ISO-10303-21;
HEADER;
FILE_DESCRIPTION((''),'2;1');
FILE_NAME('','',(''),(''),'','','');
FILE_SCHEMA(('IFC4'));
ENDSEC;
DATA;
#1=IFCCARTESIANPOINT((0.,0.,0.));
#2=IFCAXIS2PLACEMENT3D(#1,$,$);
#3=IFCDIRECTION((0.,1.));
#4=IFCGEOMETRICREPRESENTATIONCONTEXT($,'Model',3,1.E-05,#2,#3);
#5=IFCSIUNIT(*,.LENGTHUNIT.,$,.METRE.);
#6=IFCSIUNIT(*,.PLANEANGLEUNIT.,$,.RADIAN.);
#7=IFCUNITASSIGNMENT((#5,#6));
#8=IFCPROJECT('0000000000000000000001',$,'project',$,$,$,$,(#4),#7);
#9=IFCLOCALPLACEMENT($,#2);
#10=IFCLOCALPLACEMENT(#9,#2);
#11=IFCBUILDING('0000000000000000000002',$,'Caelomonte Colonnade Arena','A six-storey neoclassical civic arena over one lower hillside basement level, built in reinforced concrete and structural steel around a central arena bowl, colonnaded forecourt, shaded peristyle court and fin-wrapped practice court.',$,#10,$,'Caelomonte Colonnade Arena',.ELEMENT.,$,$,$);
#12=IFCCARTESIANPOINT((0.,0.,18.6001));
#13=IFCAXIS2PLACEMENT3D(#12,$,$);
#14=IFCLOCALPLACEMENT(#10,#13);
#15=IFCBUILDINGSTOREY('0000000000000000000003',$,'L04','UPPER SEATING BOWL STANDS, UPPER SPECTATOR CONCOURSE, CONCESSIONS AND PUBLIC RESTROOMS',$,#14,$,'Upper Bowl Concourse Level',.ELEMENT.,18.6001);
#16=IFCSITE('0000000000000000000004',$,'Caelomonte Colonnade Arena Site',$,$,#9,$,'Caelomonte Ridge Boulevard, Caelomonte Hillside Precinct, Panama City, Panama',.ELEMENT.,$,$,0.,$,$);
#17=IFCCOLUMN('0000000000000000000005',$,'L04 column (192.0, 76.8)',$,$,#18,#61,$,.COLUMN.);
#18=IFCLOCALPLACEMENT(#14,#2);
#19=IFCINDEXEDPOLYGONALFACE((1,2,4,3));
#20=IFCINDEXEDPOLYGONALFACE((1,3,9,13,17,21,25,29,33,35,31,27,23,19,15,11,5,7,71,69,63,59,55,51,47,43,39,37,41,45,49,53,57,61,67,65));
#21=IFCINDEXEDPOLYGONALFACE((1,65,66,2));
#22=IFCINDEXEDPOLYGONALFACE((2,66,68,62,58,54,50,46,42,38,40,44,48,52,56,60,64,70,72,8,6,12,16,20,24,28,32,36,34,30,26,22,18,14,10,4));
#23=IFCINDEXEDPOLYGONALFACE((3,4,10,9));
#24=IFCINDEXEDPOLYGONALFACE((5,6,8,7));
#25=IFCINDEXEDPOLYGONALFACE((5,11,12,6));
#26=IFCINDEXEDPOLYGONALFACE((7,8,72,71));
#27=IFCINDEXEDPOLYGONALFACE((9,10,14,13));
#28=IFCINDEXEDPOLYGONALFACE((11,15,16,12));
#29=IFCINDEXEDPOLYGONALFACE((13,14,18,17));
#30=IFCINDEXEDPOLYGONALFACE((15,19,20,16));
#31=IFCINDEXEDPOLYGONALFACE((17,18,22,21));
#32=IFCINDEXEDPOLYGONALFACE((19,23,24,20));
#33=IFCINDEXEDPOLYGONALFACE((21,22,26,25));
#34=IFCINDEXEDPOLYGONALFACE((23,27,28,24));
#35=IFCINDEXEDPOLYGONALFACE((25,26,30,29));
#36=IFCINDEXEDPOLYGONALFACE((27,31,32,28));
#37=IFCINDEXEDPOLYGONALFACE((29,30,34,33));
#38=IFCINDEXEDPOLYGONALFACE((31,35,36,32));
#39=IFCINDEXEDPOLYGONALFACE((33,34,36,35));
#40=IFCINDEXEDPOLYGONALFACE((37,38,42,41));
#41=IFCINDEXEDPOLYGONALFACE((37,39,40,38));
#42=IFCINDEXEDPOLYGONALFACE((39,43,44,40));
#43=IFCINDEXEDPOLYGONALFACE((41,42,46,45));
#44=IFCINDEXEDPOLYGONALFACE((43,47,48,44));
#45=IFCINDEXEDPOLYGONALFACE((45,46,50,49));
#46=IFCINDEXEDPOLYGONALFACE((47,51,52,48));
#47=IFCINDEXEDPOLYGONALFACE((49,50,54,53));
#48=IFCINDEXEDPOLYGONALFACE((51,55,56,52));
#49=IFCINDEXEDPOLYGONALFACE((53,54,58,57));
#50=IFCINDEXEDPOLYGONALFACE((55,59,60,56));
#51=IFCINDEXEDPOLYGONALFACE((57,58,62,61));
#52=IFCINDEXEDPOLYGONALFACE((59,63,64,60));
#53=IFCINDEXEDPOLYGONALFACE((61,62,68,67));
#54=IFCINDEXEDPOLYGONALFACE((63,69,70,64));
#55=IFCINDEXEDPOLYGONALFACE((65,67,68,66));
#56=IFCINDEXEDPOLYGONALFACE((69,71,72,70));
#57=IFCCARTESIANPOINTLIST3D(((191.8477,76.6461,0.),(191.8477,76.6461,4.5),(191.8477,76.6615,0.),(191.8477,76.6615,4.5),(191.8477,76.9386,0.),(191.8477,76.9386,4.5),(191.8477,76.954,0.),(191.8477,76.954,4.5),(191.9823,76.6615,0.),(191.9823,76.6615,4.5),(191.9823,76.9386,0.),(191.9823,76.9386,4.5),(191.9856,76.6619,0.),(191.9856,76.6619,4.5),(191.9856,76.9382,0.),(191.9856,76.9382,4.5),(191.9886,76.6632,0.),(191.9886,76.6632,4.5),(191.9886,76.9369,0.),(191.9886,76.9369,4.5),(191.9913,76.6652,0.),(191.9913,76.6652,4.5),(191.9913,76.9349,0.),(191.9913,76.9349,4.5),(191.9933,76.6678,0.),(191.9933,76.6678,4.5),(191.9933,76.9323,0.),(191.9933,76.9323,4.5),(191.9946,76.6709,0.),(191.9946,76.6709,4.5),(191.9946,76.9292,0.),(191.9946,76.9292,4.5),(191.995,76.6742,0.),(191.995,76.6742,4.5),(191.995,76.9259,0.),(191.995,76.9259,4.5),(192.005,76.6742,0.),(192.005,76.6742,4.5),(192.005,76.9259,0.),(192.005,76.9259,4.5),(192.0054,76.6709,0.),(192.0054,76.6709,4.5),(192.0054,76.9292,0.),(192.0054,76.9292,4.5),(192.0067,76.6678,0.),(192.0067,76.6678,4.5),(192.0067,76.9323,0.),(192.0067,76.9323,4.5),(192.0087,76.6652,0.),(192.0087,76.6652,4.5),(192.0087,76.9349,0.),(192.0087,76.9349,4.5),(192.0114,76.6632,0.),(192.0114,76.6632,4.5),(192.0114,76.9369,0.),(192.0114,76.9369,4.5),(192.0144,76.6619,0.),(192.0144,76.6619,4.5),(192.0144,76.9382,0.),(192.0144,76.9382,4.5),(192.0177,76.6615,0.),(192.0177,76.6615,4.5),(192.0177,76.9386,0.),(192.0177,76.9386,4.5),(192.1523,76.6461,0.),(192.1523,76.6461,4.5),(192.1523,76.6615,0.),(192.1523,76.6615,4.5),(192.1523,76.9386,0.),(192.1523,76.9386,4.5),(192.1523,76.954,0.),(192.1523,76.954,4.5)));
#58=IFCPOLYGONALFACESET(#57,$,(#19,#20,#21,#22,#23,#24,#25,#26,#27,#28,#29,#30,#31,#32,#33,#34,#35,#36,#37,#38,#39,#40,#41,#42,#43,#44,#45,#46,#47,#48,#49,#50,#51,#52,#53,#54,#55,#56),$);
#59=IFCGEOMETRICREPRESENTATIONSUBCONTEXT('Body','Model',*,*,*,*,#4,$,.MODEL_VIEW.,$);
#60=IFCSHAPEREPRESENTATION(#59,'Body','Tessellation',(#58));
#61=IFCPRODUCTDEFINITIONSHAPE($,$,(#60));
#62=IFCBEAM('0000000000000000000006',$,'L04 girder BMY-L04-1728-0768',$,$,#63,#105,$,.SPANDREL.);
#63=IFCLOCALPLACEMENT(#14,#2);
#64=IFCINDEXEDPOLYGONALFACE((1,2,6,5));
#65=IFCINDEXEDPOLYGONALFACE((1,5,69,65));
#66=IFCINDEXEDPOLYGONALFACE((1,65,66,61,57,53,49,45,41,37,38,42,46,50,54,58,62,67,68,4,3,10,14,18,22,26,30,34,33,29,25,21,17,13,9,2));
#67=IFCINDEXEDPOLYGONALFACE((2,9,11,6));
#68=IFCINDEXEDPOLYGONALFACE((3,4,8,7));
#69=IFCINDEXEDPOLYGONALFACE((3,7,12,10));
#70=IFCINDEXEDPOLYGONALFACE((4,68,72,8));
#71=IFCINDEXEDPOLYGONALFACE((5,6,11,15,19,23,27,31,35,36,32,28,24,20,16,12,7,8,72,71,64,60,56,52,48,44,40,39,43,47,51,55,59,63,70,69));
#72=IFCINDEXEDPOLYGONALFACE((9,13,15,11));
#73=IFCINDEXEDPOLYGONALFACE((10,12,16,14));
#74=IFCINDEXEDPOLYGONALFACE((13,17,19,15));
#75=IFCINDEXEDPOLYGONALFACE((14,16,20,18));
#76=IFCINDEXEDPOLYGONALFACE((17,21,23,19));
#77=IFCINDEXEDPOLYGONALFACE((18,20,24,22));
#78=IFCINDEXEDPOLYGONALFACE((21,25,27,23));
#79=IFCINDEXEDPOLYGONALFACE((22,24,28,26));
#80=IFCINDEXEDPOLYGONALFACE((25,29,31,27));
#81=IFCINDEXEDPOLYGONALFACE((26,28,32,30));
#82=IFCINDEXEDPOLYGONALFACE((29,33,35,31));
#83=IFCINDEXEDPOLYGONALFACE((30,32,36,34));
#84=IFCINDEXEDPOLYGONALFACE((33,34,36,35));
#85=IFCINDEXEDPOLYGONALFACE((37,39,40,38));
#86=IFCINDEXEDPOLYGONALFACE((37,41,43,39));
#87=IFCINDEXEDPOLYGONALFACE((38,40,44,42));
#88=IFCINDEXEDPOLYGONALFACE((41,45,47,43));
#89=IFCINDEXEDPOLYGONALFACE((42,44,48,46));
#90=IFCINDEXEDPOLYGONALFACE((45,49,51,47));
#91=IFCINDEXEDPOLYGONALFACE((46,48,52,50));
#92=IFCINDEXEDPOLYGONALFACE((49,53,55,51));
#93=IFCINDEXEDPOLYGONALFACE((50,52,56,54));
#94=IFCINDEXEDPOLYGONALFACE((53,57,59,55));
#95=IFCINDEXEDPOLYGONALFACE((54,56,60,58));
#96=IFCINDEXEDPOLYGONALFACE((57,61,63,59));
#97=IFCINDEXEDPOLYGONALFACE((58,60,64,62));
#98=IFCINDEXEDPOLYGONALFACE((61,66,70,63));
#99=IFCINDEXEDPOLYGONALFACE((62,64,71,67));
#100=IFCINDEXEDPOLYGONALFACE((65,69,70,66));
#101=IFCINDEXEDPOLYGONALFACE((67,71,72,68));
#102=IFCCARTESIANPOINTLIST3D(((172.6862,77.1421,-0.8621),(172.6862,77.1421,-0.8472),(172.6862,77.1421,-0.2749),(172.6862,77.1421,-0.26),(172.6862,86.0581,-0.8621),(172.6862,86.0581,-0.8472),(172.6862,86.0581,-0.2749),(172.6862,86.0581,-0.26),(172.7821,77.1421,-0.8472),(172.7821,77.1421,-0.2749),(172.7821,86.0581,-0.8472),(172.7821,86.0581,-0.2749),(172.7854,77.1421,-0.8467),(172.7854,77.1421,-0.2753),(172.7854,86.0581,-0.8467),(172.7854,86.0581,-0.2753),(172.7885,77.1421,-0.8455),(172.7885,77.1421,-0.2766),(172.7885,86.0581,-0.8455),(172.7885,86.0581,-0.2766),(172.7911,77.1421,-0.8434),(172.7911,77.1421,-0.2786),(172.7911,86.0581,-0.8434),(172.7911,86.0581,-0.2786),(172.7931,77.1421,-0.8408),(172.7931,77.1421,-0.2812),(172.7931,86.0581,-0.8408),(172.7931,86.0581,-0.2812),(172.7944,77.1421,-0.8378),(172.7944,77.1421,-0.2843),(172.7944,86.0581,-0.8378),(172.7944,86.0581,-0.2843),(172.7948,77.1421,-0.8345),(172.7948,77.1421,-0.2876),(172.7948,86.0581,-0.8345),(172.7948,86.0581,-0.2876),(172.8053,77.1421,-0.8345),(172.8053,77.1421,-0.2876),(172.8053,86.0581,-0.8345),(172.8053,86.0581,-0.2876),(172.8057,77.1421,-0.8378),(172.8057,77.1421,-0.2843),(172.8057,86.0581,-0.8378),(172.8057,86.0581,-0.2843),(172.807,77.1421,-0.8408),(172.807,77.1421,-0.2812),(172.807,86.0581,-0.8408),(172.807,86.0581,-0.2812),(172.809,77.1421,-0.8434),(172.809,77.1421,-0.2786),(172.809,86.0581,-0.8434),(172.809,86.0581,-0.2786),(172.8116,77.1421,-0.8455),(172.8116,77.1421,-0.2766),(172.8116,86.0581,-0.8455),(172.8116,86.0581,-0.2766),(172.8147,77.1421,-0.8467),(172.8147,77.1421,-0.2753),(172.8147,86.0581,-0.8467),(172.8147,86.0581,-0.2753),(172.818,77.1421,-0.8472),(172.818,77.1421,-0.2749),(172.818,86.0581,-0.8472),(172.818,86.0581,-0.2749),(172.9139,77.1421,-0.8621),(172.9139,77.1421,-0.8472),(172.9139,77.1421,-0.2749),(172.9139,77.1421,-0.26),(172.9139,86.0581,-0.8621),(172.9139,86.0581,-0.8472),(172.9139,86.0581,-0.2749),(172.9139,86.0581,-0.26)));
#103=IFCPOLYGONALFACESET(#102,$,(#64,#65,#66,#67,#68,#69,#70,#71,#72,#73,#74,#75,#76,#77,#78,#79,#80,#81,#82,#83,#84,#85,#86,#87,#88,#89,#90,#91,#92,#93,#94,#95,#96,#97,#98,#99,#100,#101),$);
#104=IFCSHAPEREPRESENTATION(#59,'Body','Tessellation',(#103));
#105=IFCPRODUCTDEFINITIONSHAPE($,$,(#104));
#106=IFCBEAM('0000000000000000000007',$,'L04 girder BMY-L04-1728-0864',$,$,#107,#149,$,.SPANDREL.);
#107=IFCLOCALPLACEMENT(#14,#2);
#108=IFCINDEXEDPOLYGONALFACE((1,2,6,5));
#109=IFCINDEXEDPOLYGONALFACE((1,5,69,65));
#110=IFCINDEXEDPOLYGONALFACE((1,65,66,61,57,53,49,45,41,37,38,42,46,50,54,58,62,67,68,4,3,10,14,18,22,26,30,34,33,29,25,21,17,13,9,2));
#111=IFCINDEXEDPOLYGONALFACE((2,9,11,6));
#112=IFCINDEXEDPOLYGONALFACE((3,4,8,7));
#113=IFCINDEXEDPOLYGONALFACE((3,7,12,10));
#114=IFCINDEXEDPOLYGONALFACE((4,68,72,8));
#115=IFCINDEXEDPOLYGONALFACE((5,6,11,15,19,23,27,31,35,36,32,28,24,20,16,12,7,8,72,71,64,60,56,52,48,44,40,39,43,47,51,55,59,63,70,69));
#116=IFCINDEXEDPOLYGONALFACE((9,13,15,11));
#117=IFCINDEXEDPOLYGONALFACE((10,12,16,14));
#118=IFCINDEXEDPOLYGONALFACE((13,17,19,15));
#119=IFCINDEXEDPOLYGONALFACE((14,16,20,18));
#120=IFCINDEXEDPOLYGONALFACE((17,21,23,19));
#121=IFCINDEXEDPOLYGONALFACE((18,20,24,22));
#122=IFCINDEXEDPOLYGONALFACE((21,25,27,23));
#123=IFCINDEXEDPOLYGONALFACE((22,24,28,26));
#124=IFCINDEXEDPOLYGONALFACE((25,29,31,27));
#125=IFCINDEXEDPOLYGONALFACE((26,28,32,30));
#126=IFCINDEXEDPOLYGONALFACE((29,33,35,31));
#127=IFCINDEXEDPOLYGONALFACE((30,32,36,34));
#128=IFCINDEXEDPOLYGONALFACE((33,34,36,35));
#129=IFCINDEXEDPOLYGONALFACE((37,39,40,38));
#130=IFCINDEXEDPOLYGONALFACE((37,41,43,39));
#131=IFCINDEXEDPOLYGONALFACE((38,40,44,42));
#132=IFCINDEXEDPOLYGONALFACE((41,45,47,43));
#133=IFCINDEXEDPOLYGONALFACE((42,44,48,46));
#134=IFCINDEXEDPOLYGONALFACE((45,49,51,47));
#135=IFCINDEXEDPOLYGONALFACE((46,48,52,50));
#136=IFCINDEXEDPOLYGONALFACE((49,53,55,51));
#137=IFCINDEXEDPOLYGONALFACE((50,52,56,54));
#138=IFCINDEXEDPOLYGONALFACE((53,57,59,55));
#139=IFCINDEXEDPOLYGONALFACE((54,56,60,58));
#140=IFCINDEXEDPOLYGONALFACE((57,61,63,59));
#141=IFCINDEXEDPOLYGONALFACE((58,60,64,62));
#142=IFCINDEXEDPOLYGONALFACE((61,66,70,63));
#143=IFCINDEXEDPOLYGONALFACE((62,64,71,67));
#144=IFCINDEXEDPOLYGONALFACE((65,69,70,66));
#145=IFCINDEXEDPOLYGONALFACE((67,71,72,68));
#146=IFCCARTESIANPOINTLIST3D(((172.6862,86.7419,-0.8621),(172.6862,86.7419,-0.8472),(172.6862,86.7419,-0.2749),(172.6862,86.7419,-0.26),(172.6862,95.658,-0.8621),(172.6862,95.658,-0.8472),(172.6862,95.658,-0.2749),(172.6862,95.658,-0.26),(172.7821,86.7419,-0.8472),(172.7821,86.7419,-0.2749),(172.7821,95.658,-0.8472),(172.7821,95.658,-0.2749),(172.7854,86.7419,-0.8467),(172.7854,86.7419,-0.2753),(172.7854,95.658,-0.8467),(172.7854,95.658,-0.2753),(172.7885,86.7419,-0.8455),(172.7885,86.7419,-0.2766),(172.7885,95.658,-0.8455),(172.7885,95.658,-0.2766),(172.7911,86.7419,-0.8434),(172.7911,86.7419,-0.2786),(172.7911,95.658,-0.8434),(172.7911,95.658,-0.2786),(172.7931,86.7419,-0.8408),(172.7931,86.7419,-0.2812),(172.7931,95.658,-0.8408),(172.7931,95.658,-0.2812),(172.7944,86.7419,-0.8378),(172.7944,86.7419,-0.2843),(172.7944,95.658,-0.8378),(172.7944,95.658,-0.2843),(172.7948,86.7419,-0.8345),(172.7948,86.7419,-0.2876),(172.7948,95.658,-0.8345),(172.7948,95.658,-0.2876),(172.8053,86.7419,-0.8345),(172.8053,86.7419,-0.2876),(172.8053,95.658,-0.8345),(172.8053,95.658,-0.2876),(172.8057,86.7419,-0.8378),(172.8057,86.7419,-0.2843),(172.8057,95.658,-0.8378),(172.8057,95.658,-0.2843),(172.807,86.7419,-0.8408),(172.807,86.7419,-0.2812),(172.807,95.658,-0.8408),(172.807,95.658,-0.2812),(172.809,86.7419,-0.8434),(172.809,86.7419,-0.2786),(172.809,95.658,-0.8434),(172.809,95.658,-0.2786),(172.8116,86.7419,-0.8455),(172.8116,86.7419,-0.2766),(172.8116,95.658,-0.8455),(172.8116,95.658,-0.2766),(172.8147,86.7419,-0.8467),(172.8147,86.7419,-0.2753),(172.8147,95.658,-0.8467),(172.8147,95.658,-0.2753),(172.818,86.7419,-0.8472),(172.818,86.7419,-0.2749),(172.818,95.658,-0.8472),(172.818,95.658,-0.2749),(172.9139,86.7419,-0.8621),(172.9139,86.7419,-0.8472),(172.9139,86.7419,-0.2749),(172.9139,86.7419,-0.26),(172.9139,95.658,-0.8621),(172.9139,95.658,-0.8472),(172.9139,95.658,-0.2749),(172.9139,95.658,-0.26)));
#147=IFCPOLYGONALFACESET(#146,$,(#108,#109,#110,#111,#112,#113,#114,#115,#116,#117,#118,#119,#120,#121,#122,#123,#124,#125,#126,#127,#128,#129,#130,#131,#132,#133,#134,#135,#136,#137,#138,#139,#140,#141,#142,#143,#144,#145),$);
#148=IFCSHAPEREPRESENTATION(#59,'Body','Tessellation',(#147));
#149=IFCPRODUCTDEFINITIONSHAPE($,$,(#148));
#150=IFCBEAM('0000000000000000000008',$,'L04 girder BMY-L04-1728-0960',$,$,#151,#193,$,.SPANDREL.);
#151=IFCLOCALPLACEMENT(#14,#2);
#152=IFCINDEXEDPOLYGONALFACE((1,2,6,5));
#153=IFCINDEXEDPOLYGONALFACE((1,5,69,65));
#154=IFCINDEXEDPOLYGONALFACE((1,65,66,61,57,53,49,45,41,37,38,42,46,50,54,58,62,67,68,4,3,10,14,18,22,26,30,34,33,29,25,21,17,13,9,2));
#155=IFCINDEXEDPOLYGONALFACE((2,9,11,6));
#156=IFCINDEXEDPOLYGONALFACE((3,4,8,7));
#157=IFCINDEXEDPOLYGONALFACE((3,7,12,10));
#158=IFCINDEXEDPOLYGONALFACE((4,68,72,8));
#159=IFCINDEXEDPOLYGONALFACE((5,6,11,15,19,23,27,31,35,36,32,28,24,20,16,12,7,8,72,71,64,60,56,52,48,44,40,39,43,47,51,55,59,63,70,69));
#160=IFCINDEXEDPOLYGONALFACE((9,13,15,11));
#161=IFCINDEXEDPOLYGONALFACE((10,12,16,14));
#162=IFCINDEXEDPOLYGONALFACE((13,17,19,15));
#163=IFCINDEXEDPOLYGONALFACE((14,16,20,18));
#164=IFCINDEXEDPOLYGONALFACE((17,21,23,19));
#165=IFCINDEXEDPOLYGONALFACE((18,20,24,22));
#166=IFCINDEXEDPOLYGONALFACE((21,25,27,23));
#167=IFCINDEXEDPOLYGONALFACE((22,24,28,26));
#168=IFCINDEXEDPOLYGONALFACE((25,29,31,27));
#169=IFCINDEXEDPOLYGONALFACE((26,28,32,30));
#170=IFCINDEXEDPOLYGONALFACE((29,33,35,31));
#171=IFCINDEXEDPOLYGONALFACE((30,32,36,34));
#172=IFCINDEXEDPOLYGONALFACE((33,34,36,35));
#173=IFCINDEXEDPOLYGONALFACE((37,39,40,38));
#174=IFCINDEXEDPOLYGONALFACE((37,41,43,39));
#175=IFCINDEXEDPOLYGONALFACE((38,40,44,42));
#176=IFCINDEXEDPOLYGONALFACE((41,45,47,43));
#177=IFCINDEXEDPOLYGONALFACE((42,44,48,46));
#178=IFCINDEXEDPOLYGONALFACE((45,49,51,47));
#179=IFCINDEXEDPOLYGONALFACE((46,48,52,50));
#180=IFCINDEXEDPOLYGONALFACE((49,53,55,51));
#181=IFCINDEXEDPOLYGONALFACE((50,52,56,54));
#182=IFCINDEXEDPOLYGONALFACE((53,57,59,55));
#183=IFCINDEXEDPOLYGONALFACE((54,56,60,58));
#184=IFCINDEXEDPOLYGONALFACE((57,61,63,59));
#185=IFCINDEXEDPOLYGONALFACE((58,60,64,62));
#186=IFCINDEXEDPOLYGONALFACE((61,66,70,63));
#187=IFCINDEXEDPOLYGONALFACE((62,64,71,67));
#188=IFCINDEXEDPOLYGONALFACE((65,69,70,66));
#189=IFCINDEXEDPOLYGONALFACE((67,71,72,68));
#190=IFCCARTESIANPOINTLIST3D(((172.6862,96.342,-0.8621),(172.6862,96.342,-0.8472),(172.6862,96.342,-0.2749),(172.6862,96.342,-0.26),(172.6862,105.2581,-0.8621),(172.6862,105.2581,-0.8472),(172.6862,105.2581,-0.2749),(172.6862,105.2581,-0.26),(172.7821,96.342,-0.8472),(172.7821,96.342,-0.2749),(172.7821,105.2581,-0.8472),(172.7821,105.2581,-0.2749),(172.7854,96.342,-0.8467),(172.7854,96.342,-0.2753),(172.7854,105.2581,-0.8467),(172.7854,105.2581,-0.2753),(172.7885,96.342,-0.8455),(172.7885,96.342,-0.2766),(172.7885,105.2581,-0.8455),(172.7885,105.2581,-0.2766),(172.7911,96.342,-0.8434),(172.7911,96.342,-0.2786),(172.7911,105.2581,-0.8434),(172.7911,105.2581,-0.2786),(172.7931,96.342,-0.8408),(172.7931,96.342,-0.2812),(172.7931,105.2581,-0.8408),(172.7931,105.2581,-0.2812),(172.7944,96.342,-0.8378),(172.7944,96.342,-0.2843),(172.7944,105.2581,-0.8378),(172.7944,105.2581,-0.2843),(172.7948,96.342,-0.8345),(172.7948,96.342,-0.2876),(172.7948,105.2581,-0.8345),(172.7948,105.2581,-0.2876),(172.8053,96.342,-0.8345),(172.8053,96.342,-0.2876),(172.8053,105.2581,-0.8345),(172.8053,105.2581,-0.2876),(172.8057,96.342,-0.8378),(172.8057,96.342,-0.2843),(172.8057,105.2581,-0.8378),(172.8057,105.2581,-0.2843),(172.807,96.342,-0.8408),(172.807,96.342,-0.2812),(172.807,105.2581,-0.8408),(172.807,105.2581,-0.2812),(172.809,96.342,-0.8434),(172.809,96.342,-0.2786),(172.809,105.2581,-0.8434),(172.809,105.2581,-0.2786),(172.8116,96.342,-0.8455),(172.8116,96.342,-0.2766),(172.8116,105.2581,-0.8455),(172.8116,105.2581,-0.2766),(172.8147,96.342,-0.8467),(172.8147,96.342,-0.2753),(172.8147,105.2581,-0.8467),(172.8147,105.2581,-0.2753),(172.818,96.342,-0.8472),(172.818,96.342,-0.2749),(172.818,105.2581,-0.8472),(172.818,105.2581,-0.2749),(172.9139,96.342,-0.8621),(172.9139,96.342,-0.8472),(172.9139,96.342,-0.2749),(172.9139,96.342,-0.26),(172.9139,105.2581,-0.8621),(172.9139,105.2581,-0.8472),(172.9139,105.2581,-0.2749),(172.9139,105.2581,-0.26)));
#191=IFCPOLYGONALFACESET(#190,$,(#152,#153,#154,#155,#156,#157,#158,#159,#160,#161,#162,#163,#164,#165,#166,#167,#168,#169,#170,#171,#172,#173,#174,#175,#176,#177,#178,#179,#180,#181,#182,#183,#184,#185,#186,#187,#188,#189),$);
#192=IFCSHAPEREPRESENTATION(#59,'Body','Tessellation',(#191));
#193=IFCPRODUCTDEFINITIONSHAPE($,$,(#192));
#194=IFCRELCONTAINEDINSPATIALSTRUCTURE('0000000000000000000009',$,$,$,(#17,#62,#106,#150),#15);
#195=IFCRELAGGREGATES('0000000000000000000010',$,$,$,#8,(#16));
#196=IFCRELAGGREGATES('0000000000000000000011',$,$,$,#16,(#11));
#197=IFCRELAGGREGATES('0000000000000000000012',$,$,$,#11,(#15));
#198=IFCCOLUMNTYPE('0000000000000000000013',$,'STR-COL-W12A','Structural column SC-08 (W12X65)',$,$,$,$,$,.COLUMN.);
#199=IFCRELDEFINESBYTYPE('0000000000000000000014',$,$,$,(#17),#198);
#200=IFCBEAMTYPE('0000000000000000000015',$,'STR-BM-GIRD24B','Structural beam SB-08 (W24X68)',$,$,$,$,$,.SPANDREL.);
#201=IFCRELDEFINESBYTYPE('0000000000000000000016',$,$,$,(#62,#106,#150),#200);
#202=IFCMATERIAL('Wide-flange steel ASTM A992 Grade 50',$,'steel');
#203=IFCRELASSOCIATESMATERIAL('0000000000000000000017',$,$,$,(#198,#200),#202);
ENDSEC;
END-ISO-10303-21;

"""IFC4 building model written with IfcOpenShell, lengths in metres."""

from ifc_helpers import new_model, si_unit, direction, frame, origin, origin_2d, place, context, subcontext, project, spatial, i_section, extrude, material, material_profile, profile_set, type_object, element, save


model = new_model("IFC4")

# Units and contexts
model_context = context("Model", 3, precision=1e-05, world=origin(), true_north=direction((0.0, 1.0)))
body_context = subcontext(model_context, "Body", "Model", "MODEL_VIEW")
ifc_project = project(units=[si_unit("LENGTHUNIT", "METRE"), si_unit("PLANEANGLEUNIT", "RADIAN")], contexts=[model_context])

# Site, building, storey
site_placement = place(None, origin())
site = spatial("IfcSite", under=ifc_project, at=site_placement, Name="Caelomonte Colonnade Arena Site", LongName="Caelomonte Ridge Boulevard, Caelomonte Hillside Precinct, Panama City, Panama", CompositionType="ELEMENT", RefElevation=0.0)
building_placement = place(site_placement, origin())
building = spatial("IfcBuilding", under=site, at=building_placement, Name="Caelomonte Colonnade Arena", Description="A six-storey neoclassical civic arena over one lower hillside basement level, built in reinforced concrete and structural steel around a central arena bowl, colonnaded forecourt, shaded peristyle court and fin-wrapped practice court.", LongName="Caelomonte Colonnade Arena", CompositionType="ELEMENT")
storey_placement = place(building_placement, frame((0.0, 0.0, 18.6001)))
storey = spatial("IfcBuildingStorey", under=building, at=storey_placement, Name="L04", Description="UPPER SEATING BOWL STANDS, UPPER SPECTATOR CONCOURSE, CONCESSIONS AND PUBLIC RESTROOMS", LongName="Upper Bowl Concourse Level", CompositionType="ELEMENT", Elevation=18.6001)

# Column
ifc_material_1 = material(Name="Wide-flange steel ASTM A992 Grade 50", Category="steel")
ifc_material_profile_1 = material_profile(ifc_material_1, i_section(OverallWidth=0.3047, OverallDepth=0.3079, WebThickness=0.01, FlangeThickness=0.0154, FilletRadius=0.0127, at=origin_2d()), Name="W12X65")
ifc_profile_set_1 = profile_set([ifc_material_profile_1], Name="Wide-flange steel ASTM A992 Grade 50")
column_type = type_object("IfcColumnType", Name="STR-COL-W12A", Description="Structural column SC-08 (W12X65)", PredefinedType="COLUMN", material=ifc_profile_set_1)
for number, where, z_axis, x_axis, name in (
    (1, (192.0, 76.8, 0.0), (0.0, 0.0, 1.0), (1.0, 0.0, 0.0), "L04 column (192.0, 76.8)"),
):
    element("IfcColumn", number, at=place(storey_placement, frame(where, z_axis=z_axis, x_axis=x_axis)), inside=storey, type_object=column_type, Name=name, PredefinedType="COLUMN", context=body_context, shape_type="SweptSolid", body=[
        extrude(i_section(OverallWidth=0.3047, OverallDepth=0.3079, WebThickness=0.01, FlangeThickness=0.0154, FilletRadius=0.0127, at=origin_2d()), origin(), (0.0, 0.0, 1.0), 4.5),
    ])

# Beams
ifc_material_profile_2 = material_profile(ifc_material_1, i_section(OverallWidth=0.2278, OverallDepth=0.6021, WebThickness=0.0105, FlangeThickness=0.0149, FilletRadius=0.0127, at=origin_2d()), Name="W24X68")
ifc_profile_set_2 = profile_set([ifc_material_profile_2], Name="Wide-flange steel ASTM A992 Grade 50")
beam_type_1 = type_object("IfcBeamType", Name="STR-BM-GIRD24B", Description="Structural beam SB-08 (W24X68)", PredefinedType="SPANDREL", material=ifc_profile_set_2)
for number, where, z_axis, x_axis, name in (
    (2, (172.8, 77.1421, -0.561), (0.0, 1.0, 0.0), (-1.0, 0.0, 0.0), "L04 girder BMY-L04-1728-0768"),
    (3, (172.8, 86.7419, -0.561), (0.0, 1.0, 0.0), (-1.0, 0.0, 0.0), "L04 girder BMY-L04-1728-0864"),
    (4, (172.8, 96.342, -0.561), (0.0, 1.0, 0.0), (-1.0, 0.0, 0.0), "L04 girder BMY-L04-1728-0960"),
):
    element("IfcBeam", number, at=place(storey_placement, frame(where, z_axis=z_axis, x_axis=x_axis)), inside=storey, type_object=beam_type_1, Name=name, PredefinedType="SPANDREL", context=body_context, shape_type="SweptSolid", body=[
        extrude(i_section(OverallWidth=0.2278, OverallDepth=0.6021, WebThickness=0.0105, FlangeThickness=0.0149, FilletRadius=0.0127, at=origin_2d()), origin(), (0.0, 0.0, 1.0), 8.916),
    ])

save(model, "model.ifc")
